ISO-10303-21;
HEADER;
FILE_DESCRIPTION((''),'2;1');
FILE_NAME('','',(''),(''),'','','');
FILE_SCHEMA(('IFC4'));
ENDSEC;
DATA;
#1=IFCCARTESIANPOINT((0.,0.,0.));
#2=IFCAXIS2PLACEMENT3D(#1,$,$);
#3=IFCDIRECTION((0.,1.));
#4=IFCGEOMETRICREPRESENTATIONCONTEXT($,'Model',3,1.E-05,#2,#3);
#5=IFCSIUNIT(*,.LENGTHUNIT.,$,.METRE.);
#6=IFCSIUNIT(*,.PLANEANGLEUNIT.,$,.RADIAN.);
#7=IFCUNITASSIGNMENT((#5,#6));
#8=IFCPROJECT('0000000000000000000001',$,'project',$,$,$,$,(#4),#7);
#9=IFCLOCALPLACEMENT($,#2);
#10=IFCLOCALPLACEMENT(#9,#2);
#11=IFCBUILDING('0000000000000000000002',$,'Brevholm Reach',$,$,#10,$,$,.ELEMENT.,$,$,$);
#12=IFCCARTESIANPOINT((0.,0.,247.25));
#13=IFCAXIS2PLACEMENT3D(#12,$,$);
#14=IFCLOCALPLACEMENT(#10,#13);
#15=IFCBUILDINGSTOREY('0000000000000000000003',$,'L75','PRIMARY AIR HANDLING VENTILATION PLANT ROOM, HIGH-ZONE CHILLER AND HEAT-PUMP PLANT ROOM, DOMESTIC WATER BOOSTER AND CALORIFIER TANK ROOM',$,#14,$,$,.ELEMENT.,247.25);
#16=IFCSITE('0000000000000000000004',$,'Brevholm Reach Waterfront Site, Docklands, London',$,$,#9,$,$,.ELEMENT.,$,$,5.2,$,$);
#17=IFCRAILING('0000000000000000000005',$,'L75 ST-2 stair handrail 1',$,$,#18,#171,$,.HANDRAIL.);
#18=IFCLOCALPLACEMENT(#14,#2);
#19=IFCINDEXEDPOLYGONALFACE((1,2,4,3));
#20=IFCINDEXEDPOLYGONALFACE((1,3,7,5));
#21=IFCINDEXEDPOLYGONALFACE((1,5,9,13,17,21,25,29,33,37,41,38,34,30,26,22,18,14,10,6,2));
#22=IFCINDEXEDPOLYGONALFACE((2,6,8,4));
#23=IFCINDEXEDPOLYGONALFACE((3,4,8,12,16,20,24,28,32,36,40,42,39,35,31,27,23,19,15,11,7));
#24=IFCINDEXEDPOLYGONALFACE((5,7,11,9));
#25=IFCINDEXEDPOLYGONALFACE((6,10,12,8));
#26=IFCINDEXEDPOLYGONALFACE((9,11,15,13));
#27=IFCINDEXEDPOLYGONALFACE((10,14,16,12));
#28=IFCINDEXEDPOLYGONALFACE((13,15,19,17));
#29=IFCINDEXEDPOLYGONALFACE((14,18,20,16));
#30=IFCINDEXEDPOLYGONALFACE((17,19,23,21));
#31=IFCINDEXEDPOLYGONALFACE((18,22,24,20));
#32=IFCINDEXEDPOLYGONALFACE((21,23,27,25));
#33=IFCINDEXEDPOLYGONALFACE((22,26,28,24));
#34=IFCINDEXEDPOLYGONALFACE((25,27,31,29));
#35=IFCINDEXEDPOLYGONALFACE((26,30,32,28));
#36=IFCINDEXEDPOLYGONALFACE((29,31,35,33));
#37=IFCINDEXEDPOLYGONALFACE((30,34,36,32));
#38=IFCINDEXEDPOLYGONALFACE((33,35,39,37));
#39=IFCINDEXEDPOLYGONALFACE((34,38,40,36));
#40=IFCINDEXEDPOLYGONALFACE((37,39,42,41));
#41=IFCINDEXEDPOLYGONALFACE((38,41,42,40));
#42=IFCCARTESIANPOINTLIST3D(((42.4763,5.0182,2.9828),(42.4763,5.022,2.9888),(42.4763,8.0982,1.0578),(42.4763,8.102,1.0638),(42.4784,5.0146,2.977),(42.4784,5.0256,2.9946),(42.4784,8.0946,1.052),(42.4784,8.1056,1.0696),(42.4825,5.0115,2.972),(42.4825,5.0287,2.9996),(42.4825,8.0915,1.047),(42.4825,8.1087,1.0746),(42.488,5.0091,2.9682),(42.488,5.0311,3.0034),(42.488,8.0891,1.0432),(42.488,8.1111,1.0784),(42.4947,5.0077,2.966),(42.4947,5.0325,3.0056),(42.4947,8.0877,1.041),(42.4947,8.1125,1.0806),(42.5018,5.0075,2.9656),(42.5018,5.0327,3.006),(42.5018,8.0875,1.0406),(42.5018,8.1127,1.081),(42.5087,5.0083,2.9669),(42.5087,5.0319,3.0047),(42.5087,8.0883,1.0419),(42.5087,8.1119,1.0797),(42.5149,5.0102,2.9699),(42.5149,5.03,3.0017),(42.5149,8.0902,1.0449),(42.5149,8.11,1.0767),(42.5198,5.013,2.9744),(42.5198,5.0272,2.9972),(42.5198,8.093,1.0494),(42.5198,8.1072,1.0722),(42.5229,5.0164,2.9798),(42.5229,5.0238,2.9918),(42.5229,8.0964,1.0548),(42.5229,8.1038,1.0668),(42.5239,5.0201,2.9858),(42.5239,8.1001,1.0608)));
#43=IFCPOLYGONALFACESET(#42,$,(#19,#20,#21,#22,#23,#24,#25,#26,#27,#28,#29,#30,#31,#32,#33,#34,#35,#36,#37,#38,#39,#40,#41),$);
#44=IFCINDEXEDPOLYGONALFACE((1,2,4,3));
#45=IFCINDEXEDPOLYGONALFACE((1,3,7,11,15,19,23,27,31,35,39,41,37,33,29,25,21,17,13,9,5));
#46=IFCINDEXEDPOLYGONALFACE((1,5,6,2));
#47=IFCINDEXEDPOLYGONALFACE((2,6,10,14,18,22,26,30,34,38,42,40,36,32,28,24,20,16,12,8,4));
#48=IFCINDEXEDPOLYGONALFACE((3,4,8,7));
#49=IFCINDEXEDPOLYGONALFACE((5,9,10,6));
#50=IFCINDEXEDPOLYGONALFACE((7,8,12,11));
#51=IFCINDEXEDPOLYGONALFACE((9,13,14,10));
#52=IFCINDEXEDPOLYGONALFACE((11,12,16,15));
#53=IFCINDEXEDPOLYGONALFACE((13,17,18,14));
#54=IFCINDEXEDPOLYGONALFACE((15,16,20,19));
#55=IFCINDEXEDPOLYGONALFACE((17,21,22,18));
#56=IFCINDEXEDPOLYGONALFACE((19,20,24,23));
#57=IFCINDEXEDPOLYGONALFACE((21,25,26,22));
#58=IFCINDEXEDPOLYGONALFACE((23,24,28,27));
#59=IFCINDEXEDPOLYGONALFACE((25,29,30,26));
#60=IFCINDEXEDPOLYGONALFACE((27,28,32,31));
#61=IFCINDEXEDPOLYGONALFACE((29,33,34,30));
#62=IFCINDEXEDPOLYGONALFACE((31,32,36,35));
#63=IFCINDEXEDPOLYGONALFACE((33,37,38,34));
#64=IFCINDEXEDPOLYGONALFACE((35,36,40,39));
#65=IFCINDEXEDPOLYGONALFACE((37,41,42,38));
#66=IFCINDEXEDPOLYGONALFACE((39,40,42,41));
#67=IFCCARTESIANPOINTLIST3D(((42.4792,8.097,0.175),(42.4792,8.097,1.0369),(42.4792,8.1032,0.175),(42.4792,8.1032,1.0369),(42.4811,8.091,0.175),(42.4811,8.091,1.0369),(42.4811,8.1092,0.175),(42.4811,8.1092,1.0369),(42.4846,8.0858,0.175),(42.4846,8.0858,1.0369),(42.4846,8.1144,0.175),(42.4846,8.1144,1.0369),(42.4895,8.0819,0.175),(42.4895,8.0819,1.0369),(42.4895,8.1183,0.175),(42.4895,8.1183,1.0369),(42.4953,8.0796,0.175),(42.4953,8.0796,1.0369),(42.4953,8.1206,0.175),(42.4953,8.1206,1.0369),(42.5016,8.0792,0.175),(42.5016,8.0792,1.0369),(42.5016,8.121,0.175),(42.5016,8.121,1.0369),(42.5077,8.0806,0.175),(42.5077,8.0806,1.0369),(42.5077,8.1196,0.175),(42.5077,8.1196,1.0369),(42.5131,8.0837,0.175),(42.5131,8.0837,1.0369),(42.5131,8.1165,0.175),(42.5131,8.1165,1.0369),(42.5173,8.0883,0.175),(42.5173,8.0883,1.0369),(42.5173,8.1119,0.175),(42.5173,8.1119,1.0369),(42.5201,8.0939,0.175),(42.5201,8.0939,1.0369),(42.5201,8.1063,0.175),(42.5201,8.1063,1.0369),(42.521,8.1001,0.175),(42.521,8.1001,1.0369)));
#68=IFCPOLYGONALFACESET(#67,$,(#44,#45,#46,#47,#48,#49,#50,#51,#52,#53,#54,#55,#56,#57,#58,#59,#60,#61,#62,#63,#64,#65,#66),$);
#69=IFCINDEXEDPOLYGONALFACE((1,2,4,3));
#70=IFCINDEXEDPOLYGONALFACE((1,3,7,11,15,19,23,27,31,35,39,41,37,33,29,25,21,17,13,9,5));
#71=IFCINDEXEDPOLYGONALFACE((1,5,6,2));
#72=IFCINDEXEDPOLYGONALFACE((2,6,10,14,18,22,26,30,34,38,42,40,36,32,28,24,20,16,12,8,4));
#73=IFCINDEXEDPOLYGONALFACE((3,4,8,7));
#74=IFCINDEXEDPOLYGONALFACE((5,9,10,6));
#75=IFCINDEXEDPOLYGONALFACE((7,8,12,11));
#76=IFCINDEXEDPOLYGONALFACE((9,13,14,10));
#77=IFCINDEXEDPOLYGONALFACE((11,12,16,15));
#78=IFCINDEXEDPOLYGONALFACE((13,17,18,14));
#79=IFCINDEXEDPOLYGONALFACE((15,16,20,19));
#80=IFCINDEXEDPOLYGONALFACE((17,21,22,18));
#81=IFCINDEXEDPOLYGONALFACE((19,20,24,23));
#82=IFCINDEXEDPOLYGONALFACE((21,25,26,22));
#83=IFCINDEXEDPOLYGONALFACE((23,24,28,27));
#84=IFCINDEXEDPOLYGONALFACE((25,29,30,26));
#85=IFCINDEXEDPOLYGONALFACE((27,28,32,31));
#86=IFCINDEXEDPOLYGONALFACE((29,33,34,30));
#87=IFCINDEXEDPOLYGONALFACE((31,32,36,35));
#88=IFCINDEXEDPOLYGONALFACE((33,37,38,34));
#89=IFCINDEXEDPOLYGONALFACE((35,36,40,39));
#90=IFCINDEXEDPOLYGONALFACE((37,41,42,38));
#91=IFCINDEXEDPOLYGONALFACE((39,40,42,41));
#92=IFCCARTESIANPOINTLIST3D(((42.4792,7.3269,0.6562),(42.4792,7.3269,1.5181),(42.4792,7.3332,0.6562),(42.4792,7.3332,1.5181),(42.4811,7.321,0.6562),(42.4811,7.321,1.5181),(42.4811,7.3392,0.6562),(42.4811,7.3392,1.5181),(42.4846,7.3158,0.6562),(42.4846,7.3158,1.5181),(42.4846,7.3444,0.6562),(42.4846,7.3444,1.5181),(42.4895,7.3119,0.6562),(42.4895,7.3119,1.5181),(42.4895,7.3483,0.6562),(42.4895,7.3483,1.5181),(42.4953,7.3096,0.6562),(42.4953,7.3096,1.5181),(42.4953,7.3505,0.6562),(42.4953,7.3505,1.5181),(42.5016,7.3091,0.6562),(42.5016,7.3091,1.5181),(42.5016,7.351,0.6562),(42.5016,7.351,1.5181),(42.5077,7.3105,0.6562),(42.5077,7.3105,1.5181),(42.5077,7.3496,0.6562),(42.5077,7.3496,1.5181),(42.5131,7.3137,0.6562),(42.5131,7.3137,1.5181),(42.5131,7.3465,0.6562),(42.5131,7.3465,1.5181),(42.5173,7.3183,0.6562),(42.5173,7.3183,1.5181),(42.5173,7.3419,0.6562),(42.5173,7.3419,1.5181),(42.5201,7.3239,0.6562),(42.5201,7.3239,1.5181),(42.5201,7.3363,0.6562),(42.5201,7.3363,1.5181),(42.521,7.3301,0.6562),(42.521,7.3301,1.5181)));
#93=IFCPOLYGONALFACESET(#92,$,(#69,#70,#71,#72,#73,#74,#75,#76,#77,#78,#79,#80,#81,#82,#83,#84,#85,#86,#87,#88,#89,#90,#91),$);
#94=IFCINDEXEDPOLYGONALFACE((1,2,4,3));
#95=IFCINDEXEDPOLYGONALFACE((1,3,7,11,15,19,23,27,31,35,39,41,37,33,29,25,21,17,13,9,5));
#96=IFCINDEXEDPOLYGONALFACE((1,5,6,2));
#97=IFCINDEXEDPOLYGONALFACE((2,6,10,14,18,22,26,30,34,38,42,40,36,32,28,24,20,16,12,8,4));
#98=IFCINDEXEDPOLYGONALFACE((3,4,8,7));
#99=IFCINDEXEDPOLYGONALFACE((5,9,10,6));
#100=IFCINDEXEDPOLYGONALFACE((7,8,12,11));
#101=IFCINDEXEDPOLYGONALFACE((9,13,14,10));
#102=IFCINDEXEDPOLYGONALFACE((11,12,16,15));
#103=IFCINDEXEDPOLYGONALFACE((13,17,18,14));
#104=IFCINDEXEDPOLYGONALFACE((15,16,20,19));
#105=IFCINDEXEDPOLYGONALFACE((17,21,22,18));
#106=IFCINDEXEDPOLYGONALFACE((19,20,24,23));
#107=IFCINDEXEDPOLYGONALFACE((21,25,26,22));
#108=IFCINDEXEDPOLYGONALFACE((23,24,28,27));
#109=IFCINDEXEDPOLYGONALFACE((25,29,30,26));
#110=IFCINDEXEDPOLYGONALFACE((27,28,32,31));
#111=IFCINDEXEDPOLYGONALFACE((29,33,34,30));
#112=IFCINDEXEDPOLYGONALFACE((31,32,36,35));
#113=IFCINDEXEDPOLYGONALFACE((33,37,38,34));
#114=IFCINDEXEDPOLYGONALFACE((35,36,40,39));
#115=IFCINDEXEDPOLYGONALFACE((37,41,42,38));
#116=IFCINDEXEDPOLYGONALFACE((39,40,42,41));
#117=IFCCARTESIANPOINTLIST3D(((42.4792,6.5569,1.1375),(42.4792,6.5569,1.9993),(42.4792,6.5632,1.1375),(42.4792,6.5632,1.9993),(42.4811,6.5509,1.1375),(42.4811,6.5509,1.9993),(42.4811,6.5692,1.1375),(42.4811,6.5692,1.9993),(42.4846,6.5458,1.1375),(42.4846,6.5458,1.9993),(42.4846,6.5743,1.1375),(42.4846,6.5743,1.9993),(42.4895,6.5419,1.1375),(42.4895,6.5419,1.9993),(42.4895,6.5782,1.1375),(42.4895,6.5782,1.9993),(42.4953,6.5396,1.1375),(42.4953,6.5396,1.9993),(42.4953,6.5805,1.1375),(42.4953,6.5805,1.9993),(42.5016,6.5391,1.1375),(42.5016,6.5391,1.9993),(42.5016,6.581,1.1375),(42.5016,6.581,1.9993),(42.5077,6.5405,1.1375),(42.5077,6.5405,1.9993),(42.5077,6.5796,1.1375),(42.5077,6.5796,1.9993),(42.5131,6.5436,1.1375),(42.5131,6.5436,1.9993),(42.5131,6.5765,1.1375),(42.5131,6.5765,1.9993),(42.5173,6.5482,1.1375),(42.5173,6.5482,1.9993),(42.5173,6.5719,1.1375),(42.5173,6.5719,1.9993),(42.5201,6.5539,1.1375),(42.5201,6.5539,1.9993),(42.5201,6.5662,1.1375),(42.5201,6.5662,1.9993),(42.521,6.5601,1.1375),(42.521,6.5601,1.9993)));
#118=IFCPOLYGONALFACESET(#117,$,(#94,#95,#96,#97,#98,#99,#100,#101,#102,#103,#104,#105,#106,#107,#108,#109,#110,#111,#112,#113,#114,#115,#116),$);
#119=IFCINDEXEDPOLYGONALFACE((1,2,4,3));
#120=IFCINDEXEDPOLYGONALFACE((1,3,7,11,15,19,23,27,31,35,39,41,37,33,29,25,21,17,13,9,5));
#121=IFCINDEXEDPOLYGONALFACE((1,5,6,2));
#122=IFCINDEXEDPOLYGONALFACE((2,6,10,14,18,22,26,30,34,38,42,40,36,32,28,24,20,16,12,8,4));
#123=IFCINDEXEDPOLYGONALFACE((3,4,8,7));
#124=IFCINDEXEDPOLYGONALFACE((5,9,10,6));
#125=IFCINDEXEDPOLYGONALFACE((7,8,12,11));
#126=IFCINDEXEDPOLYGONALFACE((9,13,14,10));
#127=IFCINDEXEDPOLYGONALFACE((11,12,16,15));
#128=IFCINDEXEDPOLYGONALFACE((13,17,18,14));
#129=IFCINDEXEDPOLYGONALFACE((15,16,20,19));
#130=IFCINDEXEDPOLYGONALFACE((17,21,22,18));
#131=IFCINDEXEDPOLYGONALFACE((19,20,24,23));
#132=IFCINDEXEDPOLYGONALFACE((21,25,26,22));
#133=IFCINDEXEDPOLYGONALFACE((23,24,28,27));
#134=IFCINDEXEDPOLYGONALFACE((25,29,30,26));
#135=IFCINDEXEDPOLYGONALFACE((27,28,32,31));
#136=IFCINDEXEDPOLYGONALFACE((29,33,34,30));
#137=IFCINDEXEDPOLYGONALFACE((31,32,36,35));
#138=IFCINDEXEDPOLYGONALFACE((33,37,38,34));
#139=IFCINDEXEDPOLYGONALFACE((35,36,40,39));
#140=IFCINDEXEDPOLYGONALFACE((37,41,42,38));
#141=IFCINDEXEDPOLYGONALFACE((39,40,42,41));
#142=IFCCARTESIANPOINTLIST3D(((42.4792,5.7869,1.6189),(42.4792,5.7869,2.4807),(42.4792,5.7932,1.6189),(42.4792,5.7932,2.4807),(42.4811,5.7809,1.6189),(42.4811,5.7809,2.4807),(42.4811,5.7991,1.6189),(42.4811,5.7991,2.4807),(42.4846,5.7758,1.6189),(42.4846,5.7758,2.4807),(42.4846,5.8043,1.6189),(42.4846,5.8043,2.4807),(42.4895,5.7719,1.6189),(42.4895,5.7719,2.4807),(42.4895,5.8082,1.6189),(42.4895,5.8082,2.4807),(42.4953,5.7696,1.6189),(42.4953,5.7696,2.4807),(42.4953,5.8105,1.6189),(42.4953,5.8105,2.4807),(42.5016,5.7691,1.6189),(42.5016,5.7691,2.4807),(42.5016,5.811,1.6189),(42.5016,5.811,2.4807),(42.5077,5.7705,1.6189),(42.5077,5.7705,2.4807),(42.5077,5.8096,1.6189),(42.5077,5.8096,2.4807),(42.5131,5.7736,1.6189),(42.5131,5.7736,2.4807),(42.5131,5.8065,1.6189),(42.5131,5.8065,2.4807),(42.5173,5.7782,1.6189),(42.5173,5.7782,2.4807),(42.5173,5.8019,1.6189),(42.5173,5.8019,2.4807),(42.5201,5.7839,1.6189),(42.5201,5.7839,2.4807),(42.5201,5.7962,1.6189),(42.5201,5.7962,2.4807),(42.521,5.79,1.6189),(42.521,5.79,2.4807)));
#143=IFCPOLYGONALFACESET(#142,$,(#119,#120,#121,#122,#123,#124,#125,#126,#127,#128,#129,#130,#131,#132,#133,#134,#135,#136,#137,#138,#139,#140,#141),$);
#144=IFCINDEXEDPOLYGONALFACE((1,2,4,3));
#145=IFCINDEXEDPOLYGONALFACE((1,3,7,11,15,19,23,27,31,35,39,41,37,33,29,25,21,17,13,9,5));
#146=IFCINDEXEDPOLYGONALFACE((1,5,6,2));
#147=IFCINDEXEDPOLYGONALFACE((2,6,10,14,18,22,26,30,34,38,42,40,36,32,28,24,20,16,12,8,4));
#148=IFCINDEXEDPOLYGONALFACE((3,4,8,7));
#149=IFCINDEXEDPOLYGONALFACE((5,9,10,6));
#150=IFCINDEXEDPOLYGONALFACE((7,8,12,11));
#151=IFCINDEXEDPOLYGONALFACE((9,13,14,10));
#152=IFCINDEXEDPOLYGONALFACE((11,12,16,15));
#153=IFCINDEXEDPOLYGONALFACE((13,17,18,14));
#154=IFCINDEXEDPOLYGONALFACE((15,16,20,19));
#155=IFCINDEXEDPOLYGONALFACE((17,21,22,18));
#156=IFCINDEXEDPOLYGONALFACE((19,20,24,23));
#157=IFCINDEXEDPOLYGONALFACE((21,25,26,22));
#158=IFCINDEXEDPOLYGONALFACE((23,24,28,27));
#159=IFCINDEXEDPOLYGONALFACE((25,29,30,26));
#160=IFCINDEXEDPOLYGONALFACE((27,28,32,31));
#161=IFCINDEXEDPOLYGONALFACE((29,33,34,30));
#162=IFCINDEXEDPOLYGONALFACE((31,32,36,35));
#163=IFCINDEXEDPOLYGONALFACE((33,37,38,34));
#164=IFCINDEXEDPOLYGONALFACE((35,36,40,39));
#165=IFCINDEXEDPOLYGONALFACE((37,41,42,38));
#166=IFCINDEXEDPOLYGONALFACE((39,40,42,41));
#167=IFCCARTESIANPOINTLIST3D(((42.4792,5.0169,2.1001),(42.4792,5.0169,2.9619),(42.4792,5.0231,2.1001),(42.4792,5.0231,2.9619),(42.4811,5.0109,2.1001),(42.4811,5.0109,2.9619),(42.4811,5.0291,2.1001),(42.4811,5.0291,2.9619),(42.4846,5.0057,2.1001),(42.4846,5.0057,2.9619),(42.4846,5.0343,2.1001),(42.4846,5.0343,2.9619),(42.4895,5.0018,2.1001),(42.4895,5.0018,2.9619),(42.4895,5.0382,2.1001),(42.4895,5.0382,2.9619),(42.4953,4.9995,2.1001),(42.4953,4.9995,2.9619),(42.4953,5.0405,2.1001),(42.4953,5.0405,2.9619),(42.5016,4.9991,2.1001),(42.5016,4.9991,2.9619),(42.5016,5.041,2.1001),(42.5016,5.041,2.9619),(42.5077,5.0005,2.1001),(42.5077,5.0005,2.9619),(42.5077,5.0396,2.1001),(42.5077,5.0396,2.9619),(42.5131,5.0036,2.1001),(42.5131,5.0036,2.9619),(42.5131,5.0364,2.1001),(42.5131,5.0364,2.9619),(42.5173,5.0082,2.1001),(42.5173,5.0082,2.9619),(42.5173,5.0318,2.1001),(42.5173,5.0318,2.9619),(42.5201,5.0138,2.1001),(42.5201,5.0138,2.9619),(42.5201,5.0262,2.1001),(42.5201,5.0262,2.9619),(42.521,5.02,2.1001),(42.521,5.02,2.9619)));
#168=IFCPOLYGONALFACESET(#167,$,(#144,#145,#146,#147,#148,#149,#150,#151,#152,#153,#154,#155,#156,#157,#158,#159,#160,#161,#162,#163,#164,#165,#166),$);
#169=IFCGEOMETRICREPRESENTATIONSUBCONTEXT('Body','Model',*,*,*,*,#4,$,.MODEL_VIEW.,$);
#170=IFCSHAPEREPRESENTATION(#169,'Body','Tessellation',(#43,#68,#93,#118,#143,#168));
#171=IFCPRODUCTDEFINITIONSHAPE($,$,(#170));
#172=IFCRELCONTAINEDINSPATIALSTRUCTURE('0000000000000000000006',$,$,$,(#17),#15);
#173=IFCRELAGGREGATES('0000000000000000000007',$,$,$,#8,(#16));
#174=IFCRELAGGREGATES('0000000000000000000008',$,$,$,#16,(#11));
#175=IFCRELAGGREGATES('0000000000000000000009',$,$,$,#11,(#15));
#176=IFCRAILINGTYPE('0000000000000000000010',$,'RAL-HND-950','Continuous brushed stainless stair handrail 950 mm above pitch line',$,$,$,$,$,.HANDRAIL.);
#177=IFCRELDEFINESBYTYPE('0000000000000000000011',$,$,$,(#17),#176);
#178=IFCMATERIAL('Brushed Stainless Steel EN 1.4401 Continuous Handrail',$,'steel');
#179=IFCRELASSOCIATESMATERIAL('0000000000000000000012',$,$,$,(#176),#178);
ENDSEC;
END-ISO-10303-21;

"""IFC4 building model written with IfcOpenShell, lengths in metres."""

from ifc_helpers import new_model, si_unit, direction, frame, origin, origin_2d, place, context, subcontext, project, spatial, circle, extrude, material, type_object, element, save


model = new_model("IFC4")

# Units and contexts
model_context = context("Model", 3, precision=1e-05, world=origin(), true_north=direction((0.0, 1.0)))
body_context = subcontext(model_context, "Body", "Model", "MODEL_VIEW")
ifc_project = project(units=[si_unit("LENGTHUNIT", "METRE"), si_unit("PLANEANGLEUNIT", "RADIAN")], contexts=[model_context])

# Site, building, storey
site_placement = place(None, origin())
site = spatial("IfcSite", under=ifc_project, at=site_placement, Name="Brevholm Reach Waterfront Site, Docklands, London", CompositionType="ELEMENT", RefElevation=5.2)
building_placement = place(site_placement, origin())
building = spatial("IfcBuilding", under=site, at=building_placement, Name="Brevholm Reach", CompositionType="ELEMENT")
storey_placement = place(building_placement, frame((0.0, 0.0, 247.25)))
storey = spatial("IfcBuildingStorey", under=building, at=storey_placement, Name="L75", Description="PRIMARY AIR HANDLING VENTILATION PLANT ROOM, HIGH-ZONE CHILLER AND HEAT-PUMP PLANT ROOM, DOMESTIC WATER BOOSTER AND CALORIFIER TANK ROOM", CompositionType="ELEMENT", Elevation=247.25)

# Railing
ifc_material_1 = material(Name="Brushed Stainless Steel EN 1.4401 Continuous Handrail", Category="steel")
railing_type_1 = type_object("IfcRailingType", Name="RAL-HND-950", Description="Continuous brushed stainless stair handrail 950 mm above pitch line", PredefinedType="HANDRAIL", material=ifc_material_1)
railing_1_placement = place(storey_placement, frame((42.5, 8.1001, 0.175)))
element("IfcRailing", 1, at=railing_1_placement, inside=storey, type_object=railing_type_1, Name="L75 ST-2 stair handrail 1", PredefinedType="HANDRAIL", context=body_context, shape_type="SweptSolid", body=[
    extrude(circle(Radius=0.0239, at=origin_2d()), frame((0.0, 0.0, 0.8857), z_axis=(0.0, -0.847998, 0.529999), x_axis=(1.0, 0.0, 0.0)), (0.0, 0.0, 1.0), 3.6321),
    extrude(circle(Radius=0.021, at=origin_2d()), origin(), (0.0, 0.0, 1.0), 0.8618),
    extrude(circle(Radius=0.021, at=origin_2d()), frame((0.0, -0.77, 0.4812)), (0.0, 0.0, 1.0), 0.8618),
    extrude(circle(Radius=0.021, at=origin_2d()), frame((0.0, -1.54, 0.9624)), (0.0, 0.0, 1.0), 0.8618),
    extrude(circle(Radius=0.021, at=origin_2d()), frame((0.0, -2.3101, 1.4438)), (0.0, 0.0, 1.0), 0.8618),
    extrude(circle(Radius=0.021, at=origin_2d()), frame((0.0, -3.0801, 1.925)), (0.0, 0.0, 1.0), 0.8618),
])

save(model, "model.ifc")
